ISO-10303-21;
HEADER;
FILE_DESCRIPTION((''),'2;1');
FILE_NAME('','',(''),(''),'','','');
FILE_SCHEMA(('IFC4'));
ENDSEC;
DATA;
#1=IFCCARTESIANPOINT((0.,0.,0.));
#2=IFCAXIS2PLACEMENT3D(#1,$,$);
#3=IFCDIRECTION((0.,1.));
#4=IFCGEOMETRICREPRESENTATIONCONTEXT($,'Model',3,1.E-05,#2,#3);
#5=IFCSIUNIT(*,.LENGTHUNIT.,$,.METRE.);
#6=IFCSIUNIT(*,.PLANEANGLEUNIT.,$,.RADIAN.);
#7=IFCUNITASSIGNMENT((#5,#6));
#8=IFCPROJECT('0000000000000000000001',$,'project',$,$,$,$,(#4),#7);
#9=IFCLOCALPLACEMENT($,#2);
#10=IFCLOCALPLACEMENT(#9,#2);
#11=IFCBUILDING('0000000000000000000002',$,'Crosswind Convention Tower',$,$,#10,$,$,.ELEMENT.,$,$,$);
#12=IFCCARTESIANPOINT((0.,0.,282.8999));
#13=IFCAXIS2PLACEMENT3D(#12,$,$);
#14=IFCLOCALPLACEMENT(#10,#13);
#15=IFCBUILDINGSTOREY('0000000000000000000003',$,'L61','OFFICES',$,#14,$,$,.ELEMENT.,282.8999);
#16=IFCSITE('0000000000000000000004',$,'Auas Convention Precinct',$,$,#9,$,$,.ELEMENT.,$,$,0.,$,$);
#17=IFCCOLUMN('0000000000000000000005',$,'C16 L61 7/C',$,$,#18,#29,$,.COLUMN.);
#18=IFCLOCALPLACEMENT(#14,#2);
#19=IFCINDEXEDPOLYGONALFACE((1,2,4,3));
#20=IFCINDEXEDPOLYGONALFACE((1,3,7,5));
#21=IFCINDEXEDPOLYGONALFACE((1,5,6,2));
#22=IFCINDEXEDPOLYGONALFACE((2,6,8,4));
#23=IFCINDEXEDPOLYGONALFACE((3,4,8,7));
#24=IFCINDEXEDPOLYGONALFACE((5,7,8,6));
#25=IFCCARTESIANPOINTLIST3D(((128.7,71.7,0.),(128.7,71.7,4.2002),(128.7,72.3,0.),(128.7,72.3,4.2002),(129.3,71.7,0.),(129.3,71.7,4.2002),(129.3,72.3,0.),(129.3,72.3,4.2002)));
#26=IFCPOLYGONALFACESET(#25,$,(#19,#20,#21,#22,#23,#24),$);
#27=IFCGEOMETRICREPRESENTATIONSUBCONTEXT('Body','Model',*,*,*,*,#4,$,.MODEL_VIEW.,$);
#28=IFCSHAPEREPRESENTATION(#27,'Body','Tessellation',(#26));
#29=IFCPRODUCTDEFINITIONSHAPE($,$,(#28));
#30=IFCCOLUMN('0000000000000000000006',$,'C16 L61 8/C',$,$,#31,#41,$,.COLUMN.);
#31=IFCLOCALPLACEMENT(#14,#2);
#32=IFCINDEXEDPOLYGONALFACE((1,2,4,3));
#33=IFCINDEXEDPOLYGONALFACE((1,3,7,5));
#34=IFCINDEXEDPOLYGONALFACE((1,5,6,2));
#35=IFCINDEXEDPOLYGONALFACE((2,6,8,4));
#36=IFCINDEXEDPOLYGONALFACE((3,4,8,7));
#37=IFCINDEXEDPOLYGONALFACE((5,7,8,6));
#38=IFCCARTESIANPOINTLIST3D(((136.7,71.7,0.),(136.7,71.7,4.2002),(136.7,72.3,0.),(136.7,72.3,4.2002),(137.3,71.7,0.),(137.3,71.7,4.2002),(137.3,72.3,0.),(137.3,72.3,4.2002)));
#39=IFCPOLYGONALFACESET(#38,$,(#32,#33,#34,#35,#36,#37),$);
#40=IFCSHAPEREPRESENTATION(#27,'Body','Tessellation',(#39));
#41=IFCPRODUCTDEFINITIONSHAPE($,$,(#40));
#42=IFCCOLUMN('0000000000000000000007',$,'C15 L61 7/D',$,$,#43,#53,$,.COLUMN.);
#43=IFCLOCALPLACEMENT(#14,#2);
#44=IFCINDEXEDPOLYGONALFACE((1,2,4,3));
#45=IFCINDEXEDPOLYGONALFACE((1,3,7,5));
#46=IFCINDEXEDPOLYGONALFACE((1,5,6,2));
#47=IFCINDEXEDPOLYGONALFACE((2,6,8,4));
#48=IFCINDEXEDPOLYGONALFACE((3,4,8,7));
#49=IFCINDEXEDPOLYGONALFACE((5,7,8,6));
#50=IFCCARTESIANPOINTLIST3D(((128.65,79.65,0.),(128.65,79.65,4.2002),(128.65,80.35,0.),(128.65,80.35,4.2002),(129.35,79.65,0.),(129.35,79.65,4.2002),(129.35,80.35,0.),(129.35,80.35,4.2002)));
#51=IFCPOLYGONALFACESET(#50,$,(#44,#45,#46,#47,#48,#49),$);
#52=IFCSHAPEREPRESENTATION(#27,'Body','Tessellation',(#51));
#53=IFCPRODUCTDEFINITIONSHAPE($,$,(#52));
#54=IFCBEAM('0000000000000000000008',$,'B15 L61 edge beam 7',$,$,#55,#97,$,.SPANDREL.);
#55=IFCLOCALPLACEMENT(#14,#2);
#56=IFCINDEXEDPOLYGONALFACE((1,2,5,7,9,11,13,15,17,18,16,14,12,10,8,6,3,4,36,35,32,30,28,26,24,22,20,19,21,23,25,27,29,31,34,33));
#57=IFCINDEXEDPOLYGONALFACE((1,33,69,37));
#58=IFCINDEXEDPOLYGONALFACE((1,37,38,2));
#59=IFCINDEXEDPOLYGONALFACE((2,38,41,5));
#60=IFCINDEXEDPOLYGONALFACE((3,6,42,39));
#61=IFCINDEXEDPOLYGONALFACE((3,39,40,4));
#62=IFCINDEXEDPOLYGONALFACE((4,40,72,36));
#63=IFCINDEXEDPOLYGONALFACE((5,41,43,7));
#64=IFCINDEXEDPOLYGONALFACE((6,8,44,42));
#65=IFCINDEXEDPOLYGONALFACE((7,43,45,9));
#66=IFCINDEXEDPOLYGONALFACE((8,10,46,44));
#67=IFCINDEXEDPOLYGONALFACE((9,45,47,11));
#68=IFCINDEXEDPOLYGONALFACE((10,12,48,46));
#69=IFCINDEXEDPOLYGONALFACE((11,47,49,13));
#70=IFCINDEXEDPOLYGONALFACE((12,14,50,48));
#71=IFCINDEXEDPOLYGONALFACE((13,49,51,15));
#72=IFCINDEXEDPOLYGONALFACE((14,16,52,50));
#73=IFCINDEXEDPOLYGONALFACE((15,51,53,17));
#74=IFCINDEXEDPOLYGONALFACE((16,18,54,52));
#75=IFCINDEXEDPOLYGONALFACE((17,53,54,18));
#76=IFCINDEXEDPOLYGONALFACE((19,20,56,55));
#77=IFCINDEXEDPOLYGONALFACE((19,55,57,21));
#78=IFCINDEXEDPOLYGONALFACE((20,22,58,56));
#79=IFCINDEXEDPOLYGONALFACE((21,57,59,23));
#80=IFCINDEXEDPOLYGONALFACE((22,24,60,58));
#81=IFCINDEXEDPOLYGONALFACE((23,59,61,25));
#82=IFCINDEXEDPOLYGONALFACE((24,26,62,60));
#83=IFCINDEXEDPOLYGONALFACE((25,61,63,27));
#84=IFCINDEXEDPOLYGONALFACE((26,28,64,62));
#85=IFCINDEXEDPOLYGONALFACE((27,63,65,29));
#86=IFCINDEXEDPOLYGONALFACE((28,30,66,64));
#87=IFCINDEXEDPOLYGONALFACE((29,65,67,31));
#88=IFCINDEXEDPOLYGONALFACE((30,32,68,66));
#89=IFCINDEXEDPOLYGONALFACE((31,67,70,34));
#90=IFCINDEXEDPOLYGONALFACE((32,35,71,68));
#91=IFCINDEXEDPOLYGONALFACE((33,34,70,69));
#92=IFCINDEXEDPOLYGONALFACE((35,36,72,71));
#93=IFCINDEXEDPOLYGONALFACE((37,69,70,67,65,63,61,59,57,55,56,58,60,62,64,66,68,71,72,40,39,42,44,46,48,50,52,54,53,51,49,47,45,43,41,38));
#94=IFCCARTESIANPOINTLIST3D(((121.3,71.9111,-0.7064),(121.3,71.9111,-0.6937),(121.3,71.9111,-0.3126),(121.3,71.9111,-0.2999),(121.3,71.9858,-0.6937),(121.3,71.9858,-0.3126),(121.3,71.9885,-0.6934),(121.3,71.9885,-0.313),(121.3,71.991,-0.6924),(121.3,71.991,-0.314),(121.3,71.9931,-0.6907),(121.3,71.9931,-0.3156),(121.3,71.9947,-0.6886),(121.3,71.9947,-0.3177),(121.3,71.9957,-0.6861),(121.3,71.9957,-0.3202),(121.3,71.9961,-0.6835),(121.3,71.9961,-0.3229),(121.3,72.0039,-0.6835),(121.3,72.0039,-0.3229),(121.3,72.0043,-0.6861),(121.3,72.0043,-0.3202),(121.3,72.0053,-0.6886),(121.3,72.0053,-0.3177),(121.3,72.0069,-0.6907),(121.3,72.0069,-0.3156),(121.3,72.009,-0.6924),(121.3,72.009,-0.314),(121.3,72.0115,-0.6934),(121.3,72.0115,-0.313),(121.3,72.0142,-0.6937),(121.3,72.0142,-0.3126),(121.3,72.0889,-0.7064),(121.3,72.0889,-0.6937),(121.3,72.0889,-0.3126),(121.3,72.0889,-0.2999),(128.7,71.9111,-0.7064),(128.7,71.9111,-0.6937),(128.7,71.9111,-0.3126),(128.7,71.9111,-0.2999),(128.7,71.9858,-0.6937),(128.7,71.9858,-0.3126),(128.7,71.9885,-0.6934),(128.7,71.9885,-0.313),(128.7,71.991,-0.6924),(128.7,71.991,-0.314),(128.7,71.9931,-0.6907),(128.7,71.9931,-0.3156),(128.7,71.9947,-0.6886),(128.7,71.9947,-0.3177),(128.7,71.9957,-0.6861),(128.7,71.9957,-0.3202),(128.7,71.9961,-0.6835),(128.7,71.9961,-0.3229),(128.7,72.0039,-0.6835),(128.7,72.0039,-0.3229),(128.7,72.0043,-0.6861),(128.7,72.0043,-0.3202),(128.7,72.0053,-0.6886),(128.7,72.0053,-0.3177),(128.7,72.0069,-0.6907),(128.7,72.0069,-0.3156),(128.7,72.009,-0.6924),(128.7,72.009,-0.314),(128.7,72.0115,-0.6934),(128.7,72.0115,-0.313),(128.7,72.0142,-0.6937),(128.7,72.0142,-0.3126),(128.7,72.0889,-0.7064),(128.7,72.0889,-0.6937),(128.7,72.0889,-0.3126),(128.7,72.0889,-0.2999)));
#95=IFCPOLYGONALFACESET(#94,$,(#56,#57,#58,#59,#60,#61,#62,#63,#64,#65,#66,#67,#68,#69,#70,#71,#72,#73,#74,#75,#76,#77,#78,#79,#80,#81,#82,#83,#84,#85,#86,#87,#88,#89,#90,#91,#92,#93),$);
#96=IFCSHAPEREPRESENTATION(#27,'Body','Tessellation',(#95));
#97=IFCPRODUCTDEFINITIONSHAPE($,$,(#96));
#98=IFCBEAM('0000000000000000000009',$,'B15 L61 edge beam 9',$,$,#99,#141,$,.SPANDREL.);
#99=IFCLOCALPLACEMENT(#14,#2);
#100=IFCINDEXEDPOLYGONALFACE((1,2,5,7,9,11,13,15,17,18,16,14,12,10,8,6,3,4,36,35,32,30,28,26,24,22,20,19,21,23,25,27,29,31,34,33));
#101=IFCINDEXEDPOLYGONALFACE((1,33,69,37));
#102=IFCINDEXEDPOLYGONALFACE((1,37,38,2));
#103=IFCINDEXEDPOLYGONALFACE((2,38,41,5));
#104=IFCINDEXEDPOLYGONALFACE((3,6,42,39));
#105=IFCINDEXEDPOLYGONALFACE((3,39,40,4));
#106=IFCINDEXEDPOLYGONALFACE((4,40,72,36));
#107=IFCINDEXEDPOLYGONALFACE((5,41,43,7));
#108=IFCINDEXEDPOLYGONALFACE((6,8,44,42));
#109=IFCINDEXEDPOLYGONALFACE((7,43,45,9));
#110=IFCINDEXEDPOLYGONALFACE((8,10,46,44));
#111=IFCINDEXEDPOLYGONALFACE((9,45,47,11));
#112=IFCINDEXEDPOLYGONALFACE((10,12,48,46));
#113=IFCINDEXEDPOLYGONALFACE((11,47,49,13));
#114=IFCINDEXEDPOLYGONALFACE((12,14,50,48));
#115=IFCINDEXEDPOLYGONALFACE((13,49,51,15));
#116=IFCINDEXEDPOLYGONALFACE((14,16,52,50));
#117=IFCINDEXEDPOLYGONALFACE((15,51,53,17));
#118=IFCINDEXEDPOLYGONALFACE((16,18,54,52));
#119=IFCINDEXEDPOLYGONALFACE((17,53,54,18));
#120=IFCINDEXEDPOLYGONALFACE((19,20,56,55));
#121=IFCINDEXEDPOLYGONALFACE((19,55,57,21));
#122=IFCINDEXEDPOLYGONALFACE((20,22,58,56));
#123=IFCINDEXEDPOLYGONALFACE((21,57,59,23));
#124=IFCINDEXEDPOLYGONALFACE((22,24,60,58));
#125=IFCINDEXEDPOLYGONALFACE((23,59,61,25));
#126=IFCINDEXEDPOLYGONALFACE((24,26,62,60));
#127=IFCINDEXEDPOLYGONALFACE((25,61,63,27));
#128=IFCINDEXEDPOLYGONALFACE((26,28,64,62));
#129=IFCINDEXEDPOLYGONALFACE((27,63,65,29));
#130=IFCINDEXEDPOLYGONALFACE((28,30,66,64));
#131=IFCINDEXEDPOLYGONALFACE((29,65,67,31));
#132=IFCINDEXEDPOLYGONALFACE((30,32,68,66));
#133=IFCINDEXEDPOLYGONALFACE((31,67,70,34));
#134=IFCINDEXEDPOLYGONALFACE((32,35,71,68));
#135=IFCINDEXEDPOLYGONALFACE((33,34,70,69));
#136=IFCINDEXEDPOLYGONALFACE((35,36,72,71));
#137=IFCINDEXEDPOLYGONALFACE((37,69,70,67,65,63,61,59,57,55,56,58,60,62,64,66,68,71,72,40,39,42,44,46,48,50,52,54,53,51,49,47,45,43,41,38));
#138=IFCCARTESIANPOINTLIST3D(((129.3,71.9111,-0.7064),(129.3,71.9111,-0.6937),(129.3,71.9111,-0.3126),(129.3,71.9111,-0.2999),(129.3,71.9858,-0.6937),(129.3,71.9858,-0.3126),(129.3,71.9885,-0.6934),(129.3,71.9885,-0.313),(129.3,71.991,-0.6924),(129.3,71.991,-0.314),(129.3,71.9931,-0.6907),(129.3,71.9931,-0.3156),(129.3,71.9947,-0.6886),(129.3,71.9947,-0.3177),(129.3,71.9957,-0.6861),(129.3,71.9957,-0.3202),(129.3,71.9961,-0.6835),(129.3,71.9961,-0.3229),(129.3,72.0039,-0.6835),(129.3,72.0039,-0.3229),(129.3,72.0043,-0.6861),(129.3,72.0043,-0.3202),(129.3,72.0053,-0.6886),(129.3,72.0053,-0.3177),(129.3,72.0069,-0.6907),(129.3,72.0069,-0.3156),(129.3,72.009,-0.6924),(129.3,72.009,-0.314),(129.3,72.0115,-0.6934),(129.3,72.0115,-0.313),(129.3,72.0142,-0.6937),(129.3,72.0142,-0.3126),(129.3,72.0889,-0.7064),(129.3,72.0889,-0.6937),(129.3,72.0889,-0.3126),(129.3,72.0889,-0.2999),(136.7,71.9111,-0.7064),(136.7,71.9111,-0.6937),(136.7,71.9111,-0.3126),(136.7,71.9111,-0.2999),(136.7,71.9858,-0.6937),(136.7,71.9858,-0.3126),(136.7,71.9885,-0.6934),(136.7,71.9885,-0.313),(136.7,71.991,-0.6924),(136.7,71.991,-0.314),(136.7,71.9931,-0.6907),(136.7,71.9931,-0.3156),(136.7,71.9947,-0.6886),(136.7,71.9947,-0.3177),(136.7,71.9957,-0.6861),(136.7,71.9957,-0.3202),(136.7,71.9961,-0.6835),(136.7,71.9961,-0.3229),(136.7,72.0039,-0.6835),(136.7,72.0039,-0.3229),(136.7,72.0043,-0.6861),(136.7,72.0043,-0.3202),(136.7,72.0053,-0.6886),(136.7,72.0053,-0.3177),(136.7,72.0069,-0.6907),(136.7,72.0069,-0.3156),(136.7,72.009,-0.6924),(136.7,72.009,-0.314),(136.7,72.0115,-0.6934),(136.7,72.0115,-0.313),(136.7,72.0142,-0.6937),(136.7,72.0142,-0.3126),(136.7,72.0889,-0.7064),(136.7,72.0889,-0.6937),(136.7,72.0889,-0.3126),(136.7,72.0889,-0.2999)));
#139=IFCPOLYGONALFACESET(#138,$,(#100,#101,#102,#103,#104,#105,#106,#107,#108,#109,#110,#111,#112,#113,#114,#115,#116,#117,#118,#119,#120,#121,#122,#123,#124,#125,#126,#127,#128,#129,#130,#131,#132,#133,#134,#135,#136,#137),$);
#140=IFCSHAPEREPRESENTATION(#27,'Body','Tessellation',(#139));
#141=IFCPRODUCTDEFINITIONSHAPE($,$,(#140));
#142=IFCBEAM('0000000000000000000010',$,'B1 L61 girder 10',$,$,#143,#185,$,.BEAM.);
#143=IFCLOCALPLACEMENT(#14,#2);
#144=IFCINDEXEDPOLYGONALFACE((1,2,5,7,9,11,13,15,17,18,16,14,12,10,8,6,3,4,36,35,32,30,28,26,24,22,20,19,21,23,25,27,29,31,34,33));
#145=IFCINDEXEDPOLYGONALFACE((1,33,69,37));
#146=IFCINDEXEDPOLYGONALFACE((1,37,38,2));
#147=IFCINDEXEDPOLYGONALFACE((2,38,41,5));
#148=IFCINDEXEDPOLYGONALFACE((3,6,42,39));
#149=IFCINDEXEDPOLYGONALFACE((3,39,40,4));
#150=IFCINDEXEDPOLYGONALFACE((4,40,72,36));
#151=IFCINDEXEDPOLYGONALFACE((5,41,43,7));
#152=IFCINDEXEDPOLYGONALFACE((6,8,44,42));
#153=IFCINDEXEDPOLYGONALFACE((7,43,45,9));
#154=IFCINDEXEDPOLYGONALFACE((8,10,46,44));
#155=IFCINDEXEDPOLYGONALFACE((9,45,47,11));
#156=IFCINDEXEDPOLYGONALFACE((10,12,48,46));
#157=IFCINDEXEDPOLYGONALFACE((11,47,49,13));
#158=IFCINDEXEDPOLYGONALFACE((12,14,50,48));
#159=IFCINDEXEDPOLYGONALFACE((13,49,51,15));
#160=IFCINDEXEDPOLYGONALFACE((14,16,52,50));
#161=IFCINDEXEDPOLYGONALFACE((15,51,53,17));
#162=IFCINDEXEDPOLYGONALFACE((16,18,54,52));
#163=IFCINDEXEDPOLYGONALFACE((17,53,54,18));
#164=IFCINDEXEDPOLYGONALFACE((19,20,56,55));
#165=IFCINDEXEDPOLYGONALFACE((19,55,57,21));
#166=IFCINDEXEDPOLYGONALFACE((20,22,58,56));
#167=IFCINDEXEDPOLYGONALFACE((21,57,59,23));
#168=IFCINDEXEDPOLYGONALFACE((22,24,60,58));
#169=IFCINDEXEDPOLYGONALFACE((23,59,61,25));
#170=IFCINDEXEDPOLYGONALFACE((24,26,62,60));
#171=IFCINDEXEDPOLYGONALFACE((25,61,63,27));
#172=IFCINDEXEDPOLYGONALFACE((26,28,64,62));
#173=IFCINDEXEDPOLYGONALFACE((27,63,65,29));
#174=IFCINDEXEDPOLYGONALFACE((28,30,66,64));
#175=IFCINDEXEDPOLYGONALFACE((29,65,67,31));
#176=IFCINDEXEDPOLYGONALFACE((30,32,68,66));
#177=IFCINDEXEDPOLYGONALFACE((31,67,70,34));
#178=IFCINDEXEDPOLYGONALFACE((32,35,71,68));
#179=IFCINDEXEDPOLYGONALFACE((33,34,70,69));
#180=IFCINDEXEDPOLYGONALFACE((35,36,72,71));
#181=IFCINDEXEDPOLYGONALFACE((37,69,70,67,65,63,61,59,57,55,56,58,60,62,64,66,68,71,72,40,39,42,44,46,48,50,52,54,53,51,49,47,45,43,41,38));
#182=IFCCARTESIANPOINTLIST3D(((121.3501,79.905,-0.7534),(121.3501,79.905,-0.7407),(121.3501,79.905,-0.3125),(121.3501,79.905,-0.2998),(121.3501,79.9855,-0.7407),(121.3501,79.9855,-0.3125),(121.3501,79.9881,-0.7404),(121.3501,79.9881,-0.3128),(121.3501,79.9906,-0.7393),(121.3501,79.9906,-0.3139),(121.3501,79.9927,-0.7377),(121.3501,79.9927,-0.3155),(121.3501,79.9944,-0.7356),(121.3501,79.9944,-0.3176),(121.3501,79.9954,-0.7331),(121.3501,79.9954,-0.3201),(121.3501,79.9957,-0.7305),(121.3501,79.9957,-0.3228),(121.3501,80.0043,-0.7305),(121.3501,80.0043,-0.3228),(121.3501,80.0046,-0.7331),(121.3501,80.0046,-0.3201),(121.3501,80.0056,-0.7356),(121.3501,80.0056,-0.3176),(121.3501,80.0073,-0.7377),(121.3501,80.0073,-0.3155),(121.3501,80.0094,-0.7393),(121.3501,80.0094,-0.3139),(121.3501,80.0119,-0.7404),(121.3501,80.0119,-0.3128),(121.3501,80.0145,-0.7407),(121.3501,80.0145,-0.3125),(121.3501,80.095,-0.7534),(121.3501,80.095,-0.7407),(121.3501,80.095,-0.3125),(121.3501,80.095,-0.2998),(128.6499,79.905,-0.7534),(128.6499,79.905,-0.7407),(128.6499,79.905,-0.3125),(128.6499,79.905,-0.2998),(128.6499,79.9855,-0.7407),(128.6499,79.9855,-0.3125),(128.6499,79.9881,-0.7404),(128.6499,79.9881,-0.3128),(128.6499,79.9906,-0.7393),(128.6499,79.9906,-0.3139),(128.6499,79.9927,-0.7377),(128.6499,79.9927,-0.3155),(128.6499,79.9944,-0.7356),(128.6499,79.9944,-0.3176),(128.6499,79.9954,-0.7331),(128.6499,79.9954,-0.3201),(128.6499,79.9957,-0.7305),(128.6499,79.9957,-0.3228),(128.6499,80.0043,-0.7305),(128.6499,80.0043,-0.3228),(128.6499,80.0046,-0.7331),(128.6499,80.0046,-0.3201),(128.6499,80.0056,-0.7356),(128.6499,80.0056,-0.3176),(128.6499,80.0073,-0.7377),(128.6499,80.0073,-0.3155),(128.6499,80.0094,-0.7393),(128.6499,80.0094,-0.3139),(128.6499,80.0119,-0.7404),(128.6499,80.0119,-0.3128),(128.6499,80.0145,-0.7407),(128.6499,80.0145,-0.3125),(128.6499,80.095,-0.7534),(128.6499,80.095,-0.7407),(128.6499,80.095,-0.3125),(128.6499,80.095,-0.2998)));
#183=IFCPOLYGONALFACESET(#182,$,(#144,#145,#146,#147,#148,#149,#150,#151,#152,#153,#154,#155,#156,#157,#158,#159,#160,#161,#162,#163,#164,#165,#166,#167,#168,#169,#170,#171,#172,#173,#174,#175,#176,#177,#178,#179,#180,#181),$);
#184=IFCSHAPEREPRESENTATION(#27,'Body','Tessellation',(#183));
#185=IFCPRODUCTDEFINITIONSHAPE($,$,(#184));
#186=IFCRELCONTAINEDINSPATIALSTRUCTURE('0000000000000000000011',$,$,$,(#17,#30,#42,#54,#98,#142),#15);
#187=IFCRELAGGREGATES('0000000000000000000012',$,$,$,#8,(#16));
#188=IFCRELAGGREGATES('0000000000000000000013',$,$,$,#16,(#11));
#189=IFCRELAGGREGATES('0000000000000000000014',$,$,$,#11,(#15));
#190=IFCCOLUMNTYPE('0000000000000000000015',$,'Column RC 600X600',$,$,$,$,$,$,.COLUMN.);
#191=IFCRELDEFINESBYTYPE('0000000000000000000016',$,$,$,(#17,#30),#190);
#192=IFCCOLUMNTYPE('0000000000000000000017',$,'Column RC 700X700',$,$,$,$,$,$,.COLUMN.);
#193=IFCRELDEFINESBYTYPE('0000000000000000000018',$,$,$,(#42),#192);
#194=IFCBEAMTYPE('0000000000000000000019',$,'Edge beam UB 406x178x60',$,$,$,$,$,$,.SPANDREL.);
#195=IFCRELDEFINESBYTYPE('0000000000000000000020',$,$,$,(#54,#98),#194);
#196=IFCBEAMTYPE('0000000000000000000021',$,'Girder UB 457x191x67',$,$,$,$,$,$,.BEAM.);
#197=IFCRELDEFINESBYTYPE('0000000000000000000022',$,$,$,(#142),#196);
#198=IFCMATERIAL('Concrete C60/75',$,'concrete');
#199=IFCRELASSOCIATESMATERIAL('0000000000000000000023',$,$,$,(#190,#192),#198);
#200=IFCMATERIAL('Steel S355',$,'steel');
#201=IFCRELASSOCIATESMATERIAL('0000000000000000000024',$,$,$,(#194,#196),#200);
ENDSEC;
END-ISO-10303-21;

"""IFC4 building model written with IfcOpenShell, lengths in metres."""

from ifc_helpers import new_model, si_unit, direction, frame, origin, origin_2d, place, context, subcontext, project, spatial, rectangle, i_section, extrude, material, material_profile, profile_set, type_object, element, save


model = new_model("IFC4")

# Units and contexts
model_context = context("Model", 3, precision=1e-05, world=origin(), true_north=direction((0.0, 1.0)))
body_context = subcontext(model_context, "Body", "Model", "MODEL_VIEW")
ifc_project = project(units=[si_unit("LENGTHUNIT", "METRE"), si_unit("PLANEANGLEUNIT", "RADIAN")], contexts=[model_context])

# Site, building, storey
site_placement = place(None, origin())
site = spatial("IfcSite", under=ifc_project, at=site_placement, Name="Auas Convention Precinct", CompositionType="ELEMENT", RefElevation=0.0)
building_placement = place(site_placement, origin())
building = spatial("IfcBuilding", under=site, at=building_placement, Name="Crosswind Convention Tower", CompositionType="ELEMENT")
storey_placement = place(building_placement, frame((0.0, 0.0, 282.8999)))
storey = spatial("IfcBuildingStorey", under=building, at=storey_placement, Name="L61", Description="OFFICES", CompositionType="ELEMENT", Elevation=282.8999)

# Columns
ifc_material_1 = material(Name="Concrete C60/75", Category="concrete")
ifc_material_profile_1 = material_profile(ifc_material_1, rectangle(XDim=0.6001, YDim=0.6001, at=origin_2d()), Name="RC 600X600")
ifc_profile_set_1 = profile_set([ifc_material_profile_1], Name="Concrete C60/75")
column_type_1 = type_object("IfcColumnType", Name="Column RC 600X600", PredefinedType="COLUMN", material=ifc_profile_set_1)
for number, where, z_axis, x_axis, name in (
    (1, (129.0, 72.0, 0.0), (0.0, 0.0, 1.0), (1.0, 0.0, 0.0), "C16 L61 7/C"),
    (2, (137.0, 72.0, 0.0), (0.0, 0.0, 1.0), (1.0, 0.0, 0.0), "C16 L61 8/C"),
):
    element("IfcColumn", number, at=place(storey_placement, frame(where, z_axis=z_axis, x_axis=x_axis)), inside=storey, type_object=column_type_1, Name=name, PredefinedType="COLUMN", context=body_context, shape_type="SweptSolid", body=[
        extrude(rectangle(XDim=0.6001, YDim=0.6001, at=origin_2d()), origin(), (0.0, 0.0, 1.0), 4.2002),
    ])
ifc_material_profile_2 = material_profile(ifc_material_1, rectangle(XDim=0.7, YDim=0.7, at=origin_2d()), Name="RC 700X700")
ifc_profile_set_2 = profile_set([ifc_material_profile_2], Name="Concrete C60/75")
column_type_2 = type_object("IfcColumnType", Name="Column RC 700X700", PredefinedType="COLUMN", material=ifc_profile_set_2)
column_placement = place(storey_placement, frame((129.0, 80.0, 0.0), z_axis=(0.0, 0.0, 1.0), x_axis=(1.0, 0.0, 0.0)))
element("IfcColumn", 3, at=column_placement, inside=storey, type_object=column_type_2, Name="C15 L61 7/D", PredefinedType="COLUMN", context=body_context, shape_type="SweptSolid", body=[
    extrude(rectangle(XDim=0.7, YDim=0.7, at=origin_2d()), origin(), (0.0, 0.0, 1.0), 4.2002),
])

# Beams
ifc_material_2 = material(Name="Steel S355", Category="steel")
ifc_material_profile_3 = material_profile(ifc_material_2, i_section(OverallWidth=0.1777, OverallDepth=0.4065, WebThickness=0.0078, FlangeThickness=0.0127, FilletRadius=0.0103, at=origin_2d()), Name="UB 406x178x60")
ifc_profile_set_3 = profile_set([ifc_material_profile_3], Name="Steel S355")
beam_type_1 = type_object("IfcBeamType", Name="Edge beam UB 406x178x60", PredefinedType="SPANDREL", material=ifc_profile_set_3)
for number, where, z_axis, x_axis, name in (
    (4, (121.3, 72.0, -0.5032), (1.0, 0.0, 0.0), (0.0, 1.0, 0.0), "B15 L61 edge beam 7"),
    (5, (129.3, 72.0, -0.5032), (1.0, 0.0, 0.0), (0.0, 1.0, 0.0), "B15 L61 edge beam 9"),
):
    element("IfcBeam", number, at=place(storey_placement, frame(where, z_axis=z_axis, x_axis=x_axis)), inside=storey, type_object=beam_type_1, Name=name, PredefinedType="SPANDREL", context=body_context, shape_type="SweptSolid", body=[
        extrude(i_section(OverallWidth=0.1777, OverallDepth=0.4065, WebThickness=0.0078, FlangeThickness=0.0127, FilletRadius=0.0103, at=origin_2d()), origin(), (0.0, 0.0, 1.0), 7.3999),
    ])
ifc_material_profile_4 = material_profile(ifc_material_2, i_section(OverallWidth=0.1899, OverallDepth=0.4536, WebThickness=0.0085, FlangeThickness=0.0127, FilletRadius=0.0103, at=origin_2d()), Name="UB 457x191x67")
ifc_profile_set_4 = profile_set([ifc_material_profile_4], Name="Steel S355")
beam_type_2 = type_object("IfcBeamType", Name="Girder UB 457x191x67", PredefinedType="BEAM", material=ifc_profile_set_4)
beam_1_placement = place(storey_placement, frame((121.3501, 80.0, -0.5266), z_axis=(1.0, 0.0, 0.0), x_axis=(0.0, 1.0, 0.0)))
element("IfcBeam", 6, at=beam_1_placement, inside=storey, type_object=beam_type_2, Name="B1 L61 girder 10", PredefinedType="BEAM", context=body_context, shape_type="SweptSolid", body=[
    extrude(i_section(OverallWidth=0.1899, OverallDepth=0.4536, WebThickness=0.0085, FlangeThickness=0.0127, FilletRadius=0.0103, at=origin_2d()), origin(), (0.0, 0.0, 1.0), 7.2998),
])

save(model, "model.ifc")
